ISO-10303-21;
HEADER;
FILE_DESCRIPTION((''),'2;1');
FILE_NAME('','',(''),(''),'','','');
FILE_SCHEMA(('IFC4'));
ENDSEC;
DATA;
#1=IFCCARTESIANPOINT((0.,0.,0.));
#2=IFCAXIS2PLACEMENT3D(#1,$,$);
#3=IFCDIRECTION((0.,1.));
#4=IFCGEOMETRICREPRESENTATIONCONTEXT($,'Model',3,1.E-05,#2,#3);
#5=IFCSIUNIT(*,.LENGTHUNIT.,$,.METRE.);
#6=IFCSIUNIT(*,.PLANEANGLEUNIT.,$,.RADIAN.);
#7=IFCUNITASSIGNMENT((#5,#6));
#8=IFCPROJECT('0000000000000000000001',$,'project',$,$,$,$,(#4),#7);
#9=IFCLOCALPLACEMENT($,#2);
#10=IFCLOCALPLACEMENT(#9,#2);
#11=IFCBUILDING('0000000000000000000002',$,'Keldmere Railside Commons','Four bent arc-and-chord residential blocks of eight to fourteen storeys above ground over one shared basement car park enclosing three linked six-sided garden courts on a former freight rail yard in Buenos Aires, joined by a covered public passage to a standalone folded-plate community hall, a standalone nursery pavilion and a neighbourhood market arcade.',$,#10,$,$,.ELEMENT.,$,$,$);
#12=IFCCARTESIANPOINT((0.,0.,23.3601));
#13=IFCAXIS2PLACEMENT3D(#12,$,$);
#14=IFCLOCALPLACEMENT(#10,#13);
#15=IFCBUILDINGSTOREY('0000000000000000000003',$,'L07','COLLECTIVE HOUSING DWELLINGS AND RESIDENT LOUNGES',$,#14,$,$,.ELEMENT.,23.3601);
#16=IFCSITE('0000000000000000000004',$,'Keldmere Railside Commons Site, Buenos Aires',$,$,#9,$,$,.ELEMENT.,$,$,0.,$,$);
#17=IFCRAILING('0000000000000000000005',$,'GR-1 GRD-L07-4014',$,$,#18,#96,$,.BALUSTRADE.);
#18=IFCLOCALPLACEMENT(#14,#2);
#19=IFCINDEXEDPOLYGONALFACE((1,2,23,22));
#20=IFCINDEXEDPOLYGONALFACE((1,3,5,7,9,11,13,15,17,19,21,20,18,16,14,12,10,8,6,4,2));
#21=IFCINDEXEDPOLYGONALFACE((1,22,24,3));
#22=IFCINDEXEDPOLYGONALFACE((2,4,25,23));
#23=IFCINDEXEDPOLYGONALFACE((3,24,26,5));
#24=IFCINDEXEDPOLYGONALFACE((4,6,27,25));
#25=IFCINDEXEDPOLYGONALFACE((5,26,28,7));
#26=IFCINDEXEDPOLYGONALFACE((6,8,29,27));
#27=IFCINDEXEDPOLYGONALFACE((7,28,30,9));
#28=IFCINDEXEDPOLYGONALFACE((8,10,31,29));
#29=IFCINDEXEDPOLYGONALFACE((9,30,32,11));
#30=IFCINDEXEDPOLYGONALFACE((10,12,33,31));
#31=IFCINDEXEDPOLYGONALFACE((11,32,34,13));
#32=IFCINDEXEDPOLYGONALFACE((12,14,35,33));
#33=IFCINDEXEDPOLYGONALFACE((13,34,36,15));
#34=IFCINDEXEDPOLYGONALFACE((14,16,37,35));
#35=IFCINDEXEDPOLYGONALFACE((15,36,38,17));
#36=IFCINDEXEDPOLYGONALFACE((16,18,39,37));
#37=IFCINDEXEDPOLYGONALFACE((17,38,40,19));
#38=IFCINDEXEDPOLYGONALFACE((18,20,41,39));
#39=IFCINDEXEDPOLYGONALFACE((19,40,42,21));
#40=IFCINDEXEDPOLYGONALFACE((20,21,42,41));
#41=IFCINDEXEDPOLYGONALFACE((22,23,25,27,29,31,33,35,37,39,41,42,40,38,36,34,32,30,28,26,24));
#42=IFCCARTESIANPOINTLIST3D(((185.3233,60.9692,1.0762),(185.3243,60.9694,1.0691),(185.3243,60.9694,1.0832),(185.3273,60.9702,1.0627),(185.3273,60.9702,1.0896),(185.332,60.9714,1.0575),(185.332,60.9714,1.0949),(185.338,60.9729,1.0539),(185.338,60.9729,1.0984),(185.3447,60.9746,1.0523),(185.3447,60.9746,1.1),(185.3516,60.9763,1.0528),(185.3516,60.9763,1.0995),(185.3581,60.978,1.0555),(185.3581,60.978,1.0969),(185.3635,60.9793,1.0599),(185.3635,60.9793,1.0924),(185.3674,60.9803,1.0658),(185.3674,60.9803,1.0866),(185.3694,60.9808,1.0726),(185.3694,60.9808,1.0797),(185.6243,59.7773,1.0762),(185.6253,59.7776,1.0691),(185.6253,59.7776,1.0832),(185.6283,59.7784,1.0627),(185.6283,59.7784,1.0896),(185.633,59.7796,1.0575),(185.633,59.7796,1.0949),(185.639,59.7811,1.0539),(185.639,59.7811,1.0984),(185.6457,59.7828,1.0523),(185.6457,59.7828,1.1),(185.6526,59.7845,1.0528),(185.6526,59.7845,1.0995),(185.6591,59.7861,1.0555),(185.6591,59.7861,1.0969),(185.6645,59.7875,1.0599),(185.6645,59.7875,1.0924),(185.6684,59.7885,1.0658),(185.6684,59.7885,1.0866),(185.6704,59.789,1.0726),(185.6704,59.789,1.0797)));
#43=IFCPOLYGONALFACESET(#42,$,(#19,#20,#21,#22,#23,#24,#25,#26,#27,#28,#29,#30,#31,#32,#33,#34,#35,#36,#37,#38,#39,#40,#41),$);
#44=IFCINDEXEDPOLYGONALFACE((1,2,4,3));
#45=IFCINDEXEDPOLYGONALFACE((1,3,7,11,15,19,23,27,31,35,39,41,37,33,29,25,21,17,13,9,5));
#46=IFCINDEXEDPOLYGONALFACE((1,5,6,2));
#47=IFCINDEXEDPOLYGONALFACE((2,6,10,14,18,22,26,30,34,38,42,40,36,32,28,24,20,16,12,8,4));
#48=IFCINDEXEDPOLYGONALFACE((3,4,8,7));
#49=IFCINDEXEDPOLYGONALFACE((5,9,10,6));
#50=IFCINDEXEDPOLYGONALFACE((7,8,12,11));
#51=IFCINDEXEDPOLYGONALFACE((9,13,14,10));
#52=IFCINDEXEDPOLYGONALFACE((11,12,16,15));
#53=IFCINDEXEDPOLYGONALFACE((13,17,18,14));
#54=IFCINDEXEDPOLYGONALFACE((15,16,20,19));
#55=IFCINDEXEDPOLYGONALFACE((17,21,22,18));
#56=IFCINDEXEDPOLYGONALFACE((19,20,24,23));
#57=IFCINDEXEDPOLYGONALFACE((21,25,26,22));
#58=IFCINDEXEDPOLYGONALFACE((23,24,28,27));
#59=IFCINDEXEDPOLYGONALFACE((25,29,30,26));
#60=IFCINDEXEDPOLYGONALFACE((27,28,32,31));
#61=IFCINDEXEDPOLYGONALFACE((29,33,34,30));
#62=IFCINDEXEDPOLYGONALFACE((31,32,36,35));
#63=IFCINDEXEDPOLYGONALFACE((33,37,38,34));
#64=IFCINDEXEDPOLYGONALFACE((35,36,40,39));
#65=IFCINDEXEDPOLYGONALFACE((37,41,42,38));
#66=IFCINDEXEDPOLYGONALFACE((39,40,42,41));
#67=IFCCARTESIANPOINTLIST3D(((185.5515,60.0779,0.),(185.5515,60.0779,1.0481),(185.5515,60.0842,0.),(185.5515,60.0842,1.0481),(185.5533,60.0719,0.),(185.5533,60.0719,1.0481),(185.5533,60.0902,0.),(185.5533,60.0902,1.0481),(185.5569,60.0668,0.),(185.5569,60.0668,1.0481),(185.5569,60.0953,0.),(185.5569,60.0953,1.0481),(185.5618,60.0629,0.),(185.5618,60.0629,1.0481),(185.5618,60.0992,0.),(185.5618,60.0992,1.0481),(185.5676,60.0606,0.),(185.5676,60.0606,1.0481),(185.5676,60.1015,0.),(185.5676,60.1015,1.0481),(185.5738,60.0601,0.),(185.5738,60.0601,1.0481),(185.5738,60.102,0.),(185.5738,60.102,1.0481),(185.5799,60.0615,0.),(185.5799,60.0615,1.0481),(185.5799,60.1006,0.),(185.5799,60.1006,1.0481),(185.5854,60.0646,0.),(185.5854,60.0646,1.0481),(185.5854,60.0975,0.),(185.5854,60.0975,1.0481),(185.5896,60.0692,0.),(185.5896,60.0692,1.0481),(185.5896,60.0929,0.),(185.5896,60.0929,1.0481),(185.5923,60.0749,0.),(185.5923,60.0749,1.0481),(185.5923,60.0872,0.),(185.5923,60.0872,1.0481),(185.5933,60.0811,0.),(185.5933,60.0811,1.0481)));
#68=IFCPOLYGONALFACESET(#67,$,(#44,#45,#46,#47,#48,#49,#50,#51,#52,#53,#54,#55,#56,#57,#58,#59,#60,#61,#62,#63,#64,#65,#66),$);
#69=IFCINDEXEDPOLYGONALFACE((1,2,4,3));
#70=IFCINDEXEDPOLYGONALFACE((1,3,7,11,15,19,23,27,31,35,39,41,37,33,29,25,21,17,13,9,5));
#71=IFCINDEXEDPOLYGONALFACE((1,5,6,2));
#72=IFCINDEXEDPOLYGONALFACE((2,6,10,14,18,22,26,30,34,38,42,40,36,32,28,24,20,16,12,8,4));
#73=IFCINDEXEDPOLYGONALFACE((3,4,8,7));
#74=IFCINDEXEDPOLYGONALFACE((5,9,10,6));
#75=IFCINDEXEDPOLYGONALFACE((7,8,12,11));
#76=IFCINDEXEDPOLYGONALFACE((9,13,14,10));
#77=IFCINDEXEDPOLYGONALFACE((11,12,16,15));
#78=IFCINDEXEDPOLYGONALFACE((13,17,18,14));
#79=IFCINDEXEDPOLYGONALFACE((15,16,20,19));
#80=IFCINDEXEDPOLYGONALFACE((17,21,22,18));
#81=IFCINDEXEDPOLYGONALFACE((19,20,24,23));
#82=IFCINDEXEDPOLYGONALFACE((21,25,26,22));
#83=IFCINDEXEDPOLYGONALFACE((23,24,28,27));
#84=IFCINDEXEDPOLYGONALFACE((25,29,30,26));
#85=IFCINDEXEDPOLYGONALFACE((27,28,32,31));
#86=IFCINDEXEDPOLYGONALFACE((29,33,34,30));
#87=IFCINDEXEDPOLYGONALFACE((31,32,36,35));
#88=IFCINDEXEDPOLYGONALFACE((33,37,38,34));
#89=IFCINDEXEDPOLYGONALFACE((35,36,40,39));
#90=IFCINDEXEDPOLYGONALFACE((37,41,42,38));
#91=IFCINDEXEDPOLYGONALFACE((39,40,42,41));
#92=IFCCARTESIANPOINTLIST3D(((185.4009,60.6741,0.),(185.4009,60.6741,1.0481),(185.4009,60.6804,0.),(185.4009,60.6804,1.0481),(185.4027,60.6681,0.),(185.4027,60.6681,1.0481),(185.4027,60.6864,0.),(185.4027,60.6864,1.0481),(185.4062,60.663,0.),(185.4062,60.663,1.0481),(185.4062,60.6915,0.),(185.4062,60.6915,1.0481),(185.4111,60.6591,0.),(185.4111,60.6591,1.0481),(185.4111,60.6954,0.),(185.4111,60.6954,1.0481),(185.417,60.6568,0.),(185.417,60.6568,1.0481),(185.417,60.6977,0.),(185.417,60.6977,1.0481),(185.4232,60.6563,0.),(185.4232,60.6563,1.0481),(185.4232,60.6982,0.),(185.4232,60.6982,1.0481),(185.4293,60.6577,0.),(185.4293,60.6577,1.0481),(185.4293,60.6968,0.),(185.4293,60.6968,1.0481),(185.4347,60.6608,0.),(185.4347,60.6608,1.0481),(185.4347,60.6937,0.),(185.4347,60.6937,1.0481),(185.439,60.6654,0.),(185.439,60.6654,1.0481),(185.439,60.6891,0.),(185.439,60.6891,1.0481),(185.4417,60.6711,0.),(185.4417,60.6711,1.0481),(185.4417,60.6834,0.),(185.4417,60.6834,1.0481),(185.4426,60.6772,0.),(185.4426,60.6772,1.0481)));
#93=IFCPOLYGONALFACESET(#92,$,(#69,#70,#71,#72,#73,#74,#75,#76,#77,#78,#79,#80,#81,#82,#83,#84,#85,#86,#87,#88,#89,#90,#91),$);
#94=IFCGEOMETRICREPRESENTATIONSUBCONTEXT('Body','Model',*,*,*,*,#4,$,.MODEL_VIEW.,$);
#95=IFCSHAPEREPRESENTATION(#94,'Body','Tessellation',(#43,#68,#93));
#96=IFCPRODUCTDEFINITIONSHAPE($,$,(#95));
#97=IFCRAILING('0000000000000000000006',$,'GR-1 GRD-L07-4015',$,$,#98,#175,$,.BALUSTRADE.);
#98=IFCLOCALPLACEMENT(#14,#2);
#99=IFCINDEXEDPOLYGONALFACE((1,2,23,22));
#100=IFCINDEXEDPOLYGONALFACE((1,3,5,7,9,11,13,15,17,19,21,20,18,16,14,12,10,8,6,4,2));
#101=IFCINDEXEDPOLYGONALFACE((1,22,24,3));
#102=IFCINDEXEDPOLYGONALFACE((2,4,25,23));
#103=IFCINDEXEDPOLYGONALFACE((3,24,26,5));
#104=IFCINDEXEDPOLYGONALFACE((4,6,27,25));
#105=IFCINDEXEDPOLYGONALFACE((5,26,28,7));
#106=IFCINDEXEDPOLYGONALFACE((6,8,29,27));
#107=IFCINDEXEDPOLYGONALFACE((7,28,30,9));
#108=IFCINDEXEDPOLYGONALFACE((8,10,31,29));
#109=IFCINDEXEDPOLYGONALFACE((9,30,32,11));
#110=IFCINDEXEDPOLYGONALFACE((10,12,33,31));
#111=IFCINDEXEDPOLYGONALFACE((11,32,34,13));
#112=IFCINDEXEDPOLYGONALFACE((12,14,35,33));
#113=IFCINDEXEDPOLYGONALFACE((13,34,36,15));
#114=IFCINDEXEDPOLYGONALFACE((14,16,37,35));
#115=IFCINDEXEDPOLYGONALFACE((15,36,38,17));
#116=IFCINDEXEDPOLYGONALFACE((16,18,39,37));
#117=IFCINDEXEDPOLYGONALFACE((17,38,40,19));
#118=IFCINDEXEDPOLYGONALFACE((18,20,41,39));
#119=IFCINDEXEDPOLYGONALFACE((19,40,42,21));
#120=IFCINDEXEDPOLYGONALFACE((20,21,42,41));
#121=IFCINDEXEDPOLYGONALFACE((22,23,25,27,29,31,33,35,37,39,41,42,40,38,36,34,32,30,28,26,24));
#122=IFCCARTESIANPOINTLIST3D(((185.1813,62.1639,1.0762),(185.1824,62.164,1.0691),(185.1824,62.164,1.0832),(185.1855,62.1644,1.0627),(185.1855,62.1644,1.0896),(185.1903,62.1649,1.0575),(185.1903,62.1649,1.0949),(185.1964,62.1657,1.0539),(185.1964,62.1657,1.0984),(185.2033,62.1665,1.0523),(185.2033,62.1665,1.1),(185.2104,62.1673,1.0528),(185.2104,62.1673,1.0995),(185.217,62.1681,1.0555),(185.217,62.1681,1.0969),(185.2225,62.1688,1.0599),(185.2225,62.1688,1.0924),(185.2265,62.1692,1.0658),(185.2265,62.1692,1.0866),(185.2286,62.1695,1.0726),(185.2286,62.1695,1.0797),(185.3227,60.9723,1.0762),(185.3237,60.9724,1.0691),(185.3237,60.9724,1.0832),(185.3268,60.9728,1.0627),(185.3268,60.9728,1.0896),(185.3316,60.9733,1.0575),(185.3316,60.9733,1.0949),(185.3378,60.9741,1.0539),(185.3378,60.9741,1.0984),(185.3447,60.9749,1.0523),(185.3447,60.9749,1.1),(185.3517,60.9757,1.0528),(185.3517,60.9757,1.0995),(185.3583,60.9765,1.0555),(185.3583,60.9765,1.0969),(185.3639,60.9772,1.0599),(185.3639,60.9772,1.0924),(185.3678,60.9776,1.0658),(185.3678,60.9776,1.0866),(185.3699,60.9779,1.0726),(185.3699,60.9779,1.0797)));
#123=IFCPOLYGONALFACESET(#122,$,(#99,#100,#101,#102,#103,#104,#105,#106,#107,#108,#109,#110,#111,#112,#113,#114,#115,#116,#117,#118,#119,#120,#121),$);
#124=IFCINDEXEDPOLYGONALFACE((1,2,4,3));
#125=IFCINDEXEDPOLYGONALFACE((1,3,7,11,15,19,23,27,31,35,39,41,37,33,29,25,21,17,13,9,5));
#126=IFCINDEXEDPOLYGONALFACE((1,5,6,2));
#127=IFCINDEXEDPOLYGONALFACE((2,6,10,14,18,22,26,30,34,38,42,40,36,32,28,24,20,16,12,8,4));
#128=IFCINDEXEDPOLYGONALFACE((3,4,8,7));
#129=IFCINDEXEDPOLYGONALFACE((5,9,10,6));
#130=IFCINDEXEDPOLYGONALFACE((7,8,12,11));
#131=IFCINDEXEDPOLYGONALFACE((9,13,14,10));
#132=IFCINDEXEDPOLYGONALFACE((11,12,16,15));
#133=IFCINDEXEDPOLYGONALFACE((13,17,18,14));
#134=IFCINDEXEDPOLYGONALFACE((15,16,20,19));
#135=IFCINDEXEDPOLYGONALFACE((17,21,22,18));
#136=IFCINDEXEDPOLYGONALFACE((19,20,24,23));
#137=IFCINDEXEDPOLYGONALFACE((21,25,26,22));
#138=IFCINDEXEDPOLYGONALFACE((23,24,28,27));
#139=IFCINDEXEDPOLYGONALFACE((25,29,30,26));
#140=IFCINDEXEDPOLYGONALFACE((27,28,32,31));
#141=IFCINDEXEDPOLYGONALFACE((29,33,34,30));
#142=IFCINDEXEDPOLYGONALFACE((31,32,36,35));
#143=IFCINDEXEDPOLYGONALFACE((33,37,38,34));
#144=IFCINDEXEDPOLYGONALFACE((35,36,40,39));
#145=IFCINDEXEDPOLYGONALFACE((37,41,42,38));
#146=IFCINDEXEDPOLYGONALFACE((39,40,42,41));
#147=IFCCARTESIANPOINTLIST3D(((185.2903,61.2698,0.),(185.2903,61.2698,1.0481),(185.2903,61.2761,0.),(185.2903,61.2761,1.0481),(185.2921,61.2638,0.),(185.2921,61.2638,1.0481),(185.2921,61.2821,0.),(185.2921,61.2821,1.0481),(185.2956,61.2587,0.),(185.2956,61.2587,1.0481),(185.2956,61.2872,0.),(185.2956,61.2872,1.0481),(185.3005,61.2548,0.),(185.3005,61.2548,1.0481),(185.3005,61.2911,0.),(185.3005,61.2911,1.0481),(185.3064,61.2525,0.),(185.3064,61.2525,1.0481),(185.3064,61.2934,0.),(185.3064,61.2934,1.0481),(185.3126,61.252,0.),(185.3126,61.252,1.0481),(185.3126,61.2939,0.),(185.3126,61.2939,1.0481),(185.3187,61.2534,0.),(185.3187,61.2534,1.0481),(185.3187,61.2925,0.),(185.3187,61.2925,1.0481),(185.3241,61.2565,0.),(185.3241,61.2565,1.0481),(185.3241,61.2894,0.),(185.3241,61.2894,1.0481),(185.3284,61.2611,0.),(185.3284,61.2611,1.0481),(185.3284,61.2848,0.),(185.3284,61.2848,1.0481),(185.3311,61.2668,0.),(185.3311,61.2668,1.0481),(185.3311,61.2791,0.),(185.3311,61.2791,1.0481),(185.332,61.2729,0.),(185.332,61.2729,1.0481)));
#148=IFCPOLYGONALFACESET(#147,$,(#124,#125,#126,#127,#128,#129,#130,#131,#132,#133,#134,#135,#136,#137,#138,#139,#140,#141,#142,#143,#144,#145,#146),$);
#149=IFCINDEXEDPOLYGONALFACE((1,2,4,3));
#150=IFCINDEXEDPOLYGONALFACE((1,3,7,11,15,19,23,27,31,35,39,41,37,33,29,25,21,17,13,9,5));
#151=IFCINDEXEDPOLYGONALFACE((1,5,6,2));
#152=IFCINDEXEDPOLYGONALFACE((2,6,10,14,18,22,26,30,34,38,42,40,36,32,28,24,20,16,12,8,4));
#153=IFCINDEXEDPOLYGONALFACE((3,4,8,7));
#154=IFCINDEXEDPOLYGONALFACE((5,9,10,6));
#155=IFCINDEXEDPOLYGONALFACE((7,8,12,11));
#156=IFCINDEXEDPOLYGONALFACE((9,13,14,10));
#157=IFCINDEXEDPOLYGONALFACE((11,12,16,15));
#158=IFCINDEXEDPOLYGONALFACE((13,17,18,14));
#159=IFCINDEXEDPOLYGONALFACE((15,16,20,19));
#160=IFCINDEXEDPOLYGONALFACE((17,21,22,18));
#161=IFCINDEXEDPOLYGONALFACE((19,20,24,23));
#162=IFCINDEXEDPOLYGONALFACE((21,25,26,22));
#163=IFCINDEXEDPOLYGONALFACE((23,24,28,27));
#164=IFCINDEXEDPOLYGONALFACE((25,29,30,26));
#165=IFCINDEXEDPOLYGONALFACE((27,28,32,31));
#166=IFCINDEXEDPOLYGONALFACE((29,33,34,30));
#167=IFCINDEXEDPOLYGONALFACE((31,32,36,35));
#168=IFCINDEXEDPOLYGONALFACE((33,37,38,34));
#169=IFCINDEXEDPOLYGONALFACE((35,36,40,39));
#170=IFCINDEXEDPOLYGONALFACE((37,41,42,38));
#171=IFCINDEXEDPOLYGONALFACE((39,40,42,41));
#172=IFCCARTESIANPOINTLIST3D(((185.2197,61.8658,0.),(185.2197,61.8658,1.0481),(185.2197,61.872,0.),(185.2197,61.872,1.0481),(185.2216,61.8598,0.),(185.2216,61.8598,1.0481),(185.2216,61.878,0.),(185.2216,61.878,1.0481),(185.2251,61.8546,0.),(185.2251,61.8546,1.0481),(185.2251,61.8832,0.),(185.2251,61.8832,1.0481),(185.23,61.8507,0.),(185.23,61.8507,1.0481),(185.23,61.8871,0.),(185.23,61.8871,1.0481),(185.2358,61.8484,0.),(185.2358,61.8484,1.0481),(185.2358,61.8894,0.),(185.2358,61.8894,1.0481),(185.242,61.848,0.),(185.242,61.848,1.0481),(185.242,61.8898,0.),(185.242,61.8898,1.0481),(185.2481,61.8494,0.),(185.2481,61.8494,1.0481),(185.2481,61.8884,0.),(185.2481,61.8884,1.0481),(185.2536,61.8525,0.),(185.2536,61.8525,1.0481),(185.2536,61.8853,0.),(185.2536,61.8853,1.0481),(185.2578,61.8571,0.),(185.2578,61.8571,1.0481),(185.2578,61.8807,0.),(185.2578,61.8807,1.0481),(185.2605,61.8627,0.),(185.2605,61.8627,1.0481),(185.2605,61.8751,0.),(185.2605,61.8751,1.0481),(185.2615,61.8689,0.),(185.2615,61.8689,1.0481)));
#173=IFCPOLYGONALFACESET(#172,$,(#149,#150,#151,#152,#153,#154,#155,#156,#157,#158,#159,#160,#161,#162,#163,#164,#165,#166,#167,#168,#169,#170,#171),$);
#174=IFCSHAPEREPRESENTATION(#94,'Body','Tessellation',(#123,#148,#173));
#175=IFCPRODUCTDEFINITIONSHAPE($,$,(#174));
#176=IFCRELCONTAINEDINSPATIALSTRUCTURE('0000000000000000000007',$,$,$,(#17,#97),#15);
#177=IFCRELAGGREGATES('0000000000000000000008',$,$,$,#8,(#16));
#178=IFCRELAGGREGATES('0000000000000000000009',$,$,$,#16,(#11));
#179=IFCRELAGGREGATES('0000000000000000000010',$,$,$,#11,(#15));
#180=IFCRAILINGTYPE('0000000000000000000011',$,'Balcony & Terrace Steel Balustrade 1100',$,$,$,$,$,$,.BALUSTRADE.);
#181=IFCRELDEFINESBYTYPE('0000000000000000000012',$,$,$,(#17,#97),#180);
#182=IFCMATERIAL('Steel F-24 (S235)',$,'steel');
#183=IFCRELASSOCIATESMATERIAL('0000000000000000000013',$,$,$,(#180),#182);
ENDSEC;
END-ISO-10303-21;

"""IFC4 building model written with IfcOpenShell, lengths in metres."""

from ifc_helpers import new_model, si_unit, direction, frame, origin, origin_2d, place, context, subcontext, project, spatial, circle, extrude, material, type_object, element, save


model = new_model("IFC4")

# Units and contexts
model_context = context("Model", 3, precision=1e-05, world=origin(), true_north=direction((0.0, 1.0)))
body_context = subcontext(model_context, "Body", "Model", "MODEL_VIEW")
ifc_project = project(units=[si_unit("LENGTHUNIT", "METRE"), si_unit("PLANEANGLEUNIT", "RADIAN")], contexts=[model_context])

# Site, building, storey
site_placement = place(None, origin())
site = spatial("IfcSite", under=ifc_project, at=site_placement, Name="Keldmere Railside Commons Site, Buenos Aires", CompositionType="ELEMENT", RefElevation=0.0)
building_placement = place(site_placement, origin())
building = spatial("IfcBuilding", under=site, at=building_placement, Name="Keldmere Railside Commons", Description="Four bent arc-and-chord residential blocks of eight to fourteen storeys above ground over one shared basement car park enclosing three linked six-sided garden courts on a former freight rail yard in Buenos Aires, joined by a covered public passage to a standalone folded-plate community hall, a standalone nursery pavilion and a neighbourhood market arcade.", CompositionType="ELEMENT")
storey_placement = place(building_placement, frame((0.0, 0.0, 23.3601)))
storey = spatial("IfcBuildingStorey", under=building, at=storey_placement, Name="L07", Description="COLLECTIVE HOUSING DWELLINGS AND RESIDENT LOUNGES", CompositionType="ELEMENT", Elevation=23.3601)

# Railings
ifc_material_1 = material(Name="Steel F-24 (S235)", Category="steel")
railing_type = type_object("IfcRailingType", Name="Balcony & Terrace Steel Balustrade 1100", PredefinedType="BALUSTRADE", material=ifc_material_1)
railing_1_placement = place(storey_placement, frame((185.6475, 59.7832, 0.0)))
element("IfcRailing", 1, at=railing_1_placement, inside=storey, type_object=railing_type, Name="GR-1 GRD-L07-4014", PredefinedType="BALUSTRADE", context=body_context, shape_type="SweptSolid", body=[
    extrude(circle(Radius=0.0239, at=origin_2d()), frame((0.0, 0.0, 1.0762), z_axis=(-0.244871, 0.969556, 0.0), x_axis=(-0.969556, -0.244871, 0.0)), (0.0, 0.0, 1.0), 1.2292),
    extrude(circle(Radius=0.021, at=origin_2d()), frame((-0.0752, 0.2979, 0.0)), (0.0, 0.0, 1.0), 1.0481),
    extrude(circle(Radius=0.021, at=origin_2d()), frame((-0.2258, 0.894, 0.0)), (0.0, 0.0, 1.0), 1.0481),
])
railing_2_placement = place(storey_placement, frame((185.3464, 60.9751, 0.0)))
element("IfcRailing", 2, at=railing_2_placement, inside=storey, type_object=railing_type, Name="GR-1 GRD-L07-4015", PredefinedType="BALUSTRADE", context=body_context, shape_type="SweptSolid", body=[
    extrude(circle(Radius=0.0239, at=origin_2d()), frame((0.0, 0.0, 1.0762), z_axis=(-0.117797, 0.993038, 0.0), x_axis=(-0.993038, -0.117797, 0.0)), (0.0, 0.0, 1.0), 1.2),
    extrude(circle(Radius=0.021, at=origin_2d()), frame((-0.0354, 0.2979, 0.0)), (0.0, 0.0, 1.0), 1.0481),
    extrude(circle(Radius=0.021, at=origin_2d()), frame((-0.106, 0.8938, 0.0)), (0.0, 0.0, 1.0), 1.0481),
])

save(model, "model.ifc")
